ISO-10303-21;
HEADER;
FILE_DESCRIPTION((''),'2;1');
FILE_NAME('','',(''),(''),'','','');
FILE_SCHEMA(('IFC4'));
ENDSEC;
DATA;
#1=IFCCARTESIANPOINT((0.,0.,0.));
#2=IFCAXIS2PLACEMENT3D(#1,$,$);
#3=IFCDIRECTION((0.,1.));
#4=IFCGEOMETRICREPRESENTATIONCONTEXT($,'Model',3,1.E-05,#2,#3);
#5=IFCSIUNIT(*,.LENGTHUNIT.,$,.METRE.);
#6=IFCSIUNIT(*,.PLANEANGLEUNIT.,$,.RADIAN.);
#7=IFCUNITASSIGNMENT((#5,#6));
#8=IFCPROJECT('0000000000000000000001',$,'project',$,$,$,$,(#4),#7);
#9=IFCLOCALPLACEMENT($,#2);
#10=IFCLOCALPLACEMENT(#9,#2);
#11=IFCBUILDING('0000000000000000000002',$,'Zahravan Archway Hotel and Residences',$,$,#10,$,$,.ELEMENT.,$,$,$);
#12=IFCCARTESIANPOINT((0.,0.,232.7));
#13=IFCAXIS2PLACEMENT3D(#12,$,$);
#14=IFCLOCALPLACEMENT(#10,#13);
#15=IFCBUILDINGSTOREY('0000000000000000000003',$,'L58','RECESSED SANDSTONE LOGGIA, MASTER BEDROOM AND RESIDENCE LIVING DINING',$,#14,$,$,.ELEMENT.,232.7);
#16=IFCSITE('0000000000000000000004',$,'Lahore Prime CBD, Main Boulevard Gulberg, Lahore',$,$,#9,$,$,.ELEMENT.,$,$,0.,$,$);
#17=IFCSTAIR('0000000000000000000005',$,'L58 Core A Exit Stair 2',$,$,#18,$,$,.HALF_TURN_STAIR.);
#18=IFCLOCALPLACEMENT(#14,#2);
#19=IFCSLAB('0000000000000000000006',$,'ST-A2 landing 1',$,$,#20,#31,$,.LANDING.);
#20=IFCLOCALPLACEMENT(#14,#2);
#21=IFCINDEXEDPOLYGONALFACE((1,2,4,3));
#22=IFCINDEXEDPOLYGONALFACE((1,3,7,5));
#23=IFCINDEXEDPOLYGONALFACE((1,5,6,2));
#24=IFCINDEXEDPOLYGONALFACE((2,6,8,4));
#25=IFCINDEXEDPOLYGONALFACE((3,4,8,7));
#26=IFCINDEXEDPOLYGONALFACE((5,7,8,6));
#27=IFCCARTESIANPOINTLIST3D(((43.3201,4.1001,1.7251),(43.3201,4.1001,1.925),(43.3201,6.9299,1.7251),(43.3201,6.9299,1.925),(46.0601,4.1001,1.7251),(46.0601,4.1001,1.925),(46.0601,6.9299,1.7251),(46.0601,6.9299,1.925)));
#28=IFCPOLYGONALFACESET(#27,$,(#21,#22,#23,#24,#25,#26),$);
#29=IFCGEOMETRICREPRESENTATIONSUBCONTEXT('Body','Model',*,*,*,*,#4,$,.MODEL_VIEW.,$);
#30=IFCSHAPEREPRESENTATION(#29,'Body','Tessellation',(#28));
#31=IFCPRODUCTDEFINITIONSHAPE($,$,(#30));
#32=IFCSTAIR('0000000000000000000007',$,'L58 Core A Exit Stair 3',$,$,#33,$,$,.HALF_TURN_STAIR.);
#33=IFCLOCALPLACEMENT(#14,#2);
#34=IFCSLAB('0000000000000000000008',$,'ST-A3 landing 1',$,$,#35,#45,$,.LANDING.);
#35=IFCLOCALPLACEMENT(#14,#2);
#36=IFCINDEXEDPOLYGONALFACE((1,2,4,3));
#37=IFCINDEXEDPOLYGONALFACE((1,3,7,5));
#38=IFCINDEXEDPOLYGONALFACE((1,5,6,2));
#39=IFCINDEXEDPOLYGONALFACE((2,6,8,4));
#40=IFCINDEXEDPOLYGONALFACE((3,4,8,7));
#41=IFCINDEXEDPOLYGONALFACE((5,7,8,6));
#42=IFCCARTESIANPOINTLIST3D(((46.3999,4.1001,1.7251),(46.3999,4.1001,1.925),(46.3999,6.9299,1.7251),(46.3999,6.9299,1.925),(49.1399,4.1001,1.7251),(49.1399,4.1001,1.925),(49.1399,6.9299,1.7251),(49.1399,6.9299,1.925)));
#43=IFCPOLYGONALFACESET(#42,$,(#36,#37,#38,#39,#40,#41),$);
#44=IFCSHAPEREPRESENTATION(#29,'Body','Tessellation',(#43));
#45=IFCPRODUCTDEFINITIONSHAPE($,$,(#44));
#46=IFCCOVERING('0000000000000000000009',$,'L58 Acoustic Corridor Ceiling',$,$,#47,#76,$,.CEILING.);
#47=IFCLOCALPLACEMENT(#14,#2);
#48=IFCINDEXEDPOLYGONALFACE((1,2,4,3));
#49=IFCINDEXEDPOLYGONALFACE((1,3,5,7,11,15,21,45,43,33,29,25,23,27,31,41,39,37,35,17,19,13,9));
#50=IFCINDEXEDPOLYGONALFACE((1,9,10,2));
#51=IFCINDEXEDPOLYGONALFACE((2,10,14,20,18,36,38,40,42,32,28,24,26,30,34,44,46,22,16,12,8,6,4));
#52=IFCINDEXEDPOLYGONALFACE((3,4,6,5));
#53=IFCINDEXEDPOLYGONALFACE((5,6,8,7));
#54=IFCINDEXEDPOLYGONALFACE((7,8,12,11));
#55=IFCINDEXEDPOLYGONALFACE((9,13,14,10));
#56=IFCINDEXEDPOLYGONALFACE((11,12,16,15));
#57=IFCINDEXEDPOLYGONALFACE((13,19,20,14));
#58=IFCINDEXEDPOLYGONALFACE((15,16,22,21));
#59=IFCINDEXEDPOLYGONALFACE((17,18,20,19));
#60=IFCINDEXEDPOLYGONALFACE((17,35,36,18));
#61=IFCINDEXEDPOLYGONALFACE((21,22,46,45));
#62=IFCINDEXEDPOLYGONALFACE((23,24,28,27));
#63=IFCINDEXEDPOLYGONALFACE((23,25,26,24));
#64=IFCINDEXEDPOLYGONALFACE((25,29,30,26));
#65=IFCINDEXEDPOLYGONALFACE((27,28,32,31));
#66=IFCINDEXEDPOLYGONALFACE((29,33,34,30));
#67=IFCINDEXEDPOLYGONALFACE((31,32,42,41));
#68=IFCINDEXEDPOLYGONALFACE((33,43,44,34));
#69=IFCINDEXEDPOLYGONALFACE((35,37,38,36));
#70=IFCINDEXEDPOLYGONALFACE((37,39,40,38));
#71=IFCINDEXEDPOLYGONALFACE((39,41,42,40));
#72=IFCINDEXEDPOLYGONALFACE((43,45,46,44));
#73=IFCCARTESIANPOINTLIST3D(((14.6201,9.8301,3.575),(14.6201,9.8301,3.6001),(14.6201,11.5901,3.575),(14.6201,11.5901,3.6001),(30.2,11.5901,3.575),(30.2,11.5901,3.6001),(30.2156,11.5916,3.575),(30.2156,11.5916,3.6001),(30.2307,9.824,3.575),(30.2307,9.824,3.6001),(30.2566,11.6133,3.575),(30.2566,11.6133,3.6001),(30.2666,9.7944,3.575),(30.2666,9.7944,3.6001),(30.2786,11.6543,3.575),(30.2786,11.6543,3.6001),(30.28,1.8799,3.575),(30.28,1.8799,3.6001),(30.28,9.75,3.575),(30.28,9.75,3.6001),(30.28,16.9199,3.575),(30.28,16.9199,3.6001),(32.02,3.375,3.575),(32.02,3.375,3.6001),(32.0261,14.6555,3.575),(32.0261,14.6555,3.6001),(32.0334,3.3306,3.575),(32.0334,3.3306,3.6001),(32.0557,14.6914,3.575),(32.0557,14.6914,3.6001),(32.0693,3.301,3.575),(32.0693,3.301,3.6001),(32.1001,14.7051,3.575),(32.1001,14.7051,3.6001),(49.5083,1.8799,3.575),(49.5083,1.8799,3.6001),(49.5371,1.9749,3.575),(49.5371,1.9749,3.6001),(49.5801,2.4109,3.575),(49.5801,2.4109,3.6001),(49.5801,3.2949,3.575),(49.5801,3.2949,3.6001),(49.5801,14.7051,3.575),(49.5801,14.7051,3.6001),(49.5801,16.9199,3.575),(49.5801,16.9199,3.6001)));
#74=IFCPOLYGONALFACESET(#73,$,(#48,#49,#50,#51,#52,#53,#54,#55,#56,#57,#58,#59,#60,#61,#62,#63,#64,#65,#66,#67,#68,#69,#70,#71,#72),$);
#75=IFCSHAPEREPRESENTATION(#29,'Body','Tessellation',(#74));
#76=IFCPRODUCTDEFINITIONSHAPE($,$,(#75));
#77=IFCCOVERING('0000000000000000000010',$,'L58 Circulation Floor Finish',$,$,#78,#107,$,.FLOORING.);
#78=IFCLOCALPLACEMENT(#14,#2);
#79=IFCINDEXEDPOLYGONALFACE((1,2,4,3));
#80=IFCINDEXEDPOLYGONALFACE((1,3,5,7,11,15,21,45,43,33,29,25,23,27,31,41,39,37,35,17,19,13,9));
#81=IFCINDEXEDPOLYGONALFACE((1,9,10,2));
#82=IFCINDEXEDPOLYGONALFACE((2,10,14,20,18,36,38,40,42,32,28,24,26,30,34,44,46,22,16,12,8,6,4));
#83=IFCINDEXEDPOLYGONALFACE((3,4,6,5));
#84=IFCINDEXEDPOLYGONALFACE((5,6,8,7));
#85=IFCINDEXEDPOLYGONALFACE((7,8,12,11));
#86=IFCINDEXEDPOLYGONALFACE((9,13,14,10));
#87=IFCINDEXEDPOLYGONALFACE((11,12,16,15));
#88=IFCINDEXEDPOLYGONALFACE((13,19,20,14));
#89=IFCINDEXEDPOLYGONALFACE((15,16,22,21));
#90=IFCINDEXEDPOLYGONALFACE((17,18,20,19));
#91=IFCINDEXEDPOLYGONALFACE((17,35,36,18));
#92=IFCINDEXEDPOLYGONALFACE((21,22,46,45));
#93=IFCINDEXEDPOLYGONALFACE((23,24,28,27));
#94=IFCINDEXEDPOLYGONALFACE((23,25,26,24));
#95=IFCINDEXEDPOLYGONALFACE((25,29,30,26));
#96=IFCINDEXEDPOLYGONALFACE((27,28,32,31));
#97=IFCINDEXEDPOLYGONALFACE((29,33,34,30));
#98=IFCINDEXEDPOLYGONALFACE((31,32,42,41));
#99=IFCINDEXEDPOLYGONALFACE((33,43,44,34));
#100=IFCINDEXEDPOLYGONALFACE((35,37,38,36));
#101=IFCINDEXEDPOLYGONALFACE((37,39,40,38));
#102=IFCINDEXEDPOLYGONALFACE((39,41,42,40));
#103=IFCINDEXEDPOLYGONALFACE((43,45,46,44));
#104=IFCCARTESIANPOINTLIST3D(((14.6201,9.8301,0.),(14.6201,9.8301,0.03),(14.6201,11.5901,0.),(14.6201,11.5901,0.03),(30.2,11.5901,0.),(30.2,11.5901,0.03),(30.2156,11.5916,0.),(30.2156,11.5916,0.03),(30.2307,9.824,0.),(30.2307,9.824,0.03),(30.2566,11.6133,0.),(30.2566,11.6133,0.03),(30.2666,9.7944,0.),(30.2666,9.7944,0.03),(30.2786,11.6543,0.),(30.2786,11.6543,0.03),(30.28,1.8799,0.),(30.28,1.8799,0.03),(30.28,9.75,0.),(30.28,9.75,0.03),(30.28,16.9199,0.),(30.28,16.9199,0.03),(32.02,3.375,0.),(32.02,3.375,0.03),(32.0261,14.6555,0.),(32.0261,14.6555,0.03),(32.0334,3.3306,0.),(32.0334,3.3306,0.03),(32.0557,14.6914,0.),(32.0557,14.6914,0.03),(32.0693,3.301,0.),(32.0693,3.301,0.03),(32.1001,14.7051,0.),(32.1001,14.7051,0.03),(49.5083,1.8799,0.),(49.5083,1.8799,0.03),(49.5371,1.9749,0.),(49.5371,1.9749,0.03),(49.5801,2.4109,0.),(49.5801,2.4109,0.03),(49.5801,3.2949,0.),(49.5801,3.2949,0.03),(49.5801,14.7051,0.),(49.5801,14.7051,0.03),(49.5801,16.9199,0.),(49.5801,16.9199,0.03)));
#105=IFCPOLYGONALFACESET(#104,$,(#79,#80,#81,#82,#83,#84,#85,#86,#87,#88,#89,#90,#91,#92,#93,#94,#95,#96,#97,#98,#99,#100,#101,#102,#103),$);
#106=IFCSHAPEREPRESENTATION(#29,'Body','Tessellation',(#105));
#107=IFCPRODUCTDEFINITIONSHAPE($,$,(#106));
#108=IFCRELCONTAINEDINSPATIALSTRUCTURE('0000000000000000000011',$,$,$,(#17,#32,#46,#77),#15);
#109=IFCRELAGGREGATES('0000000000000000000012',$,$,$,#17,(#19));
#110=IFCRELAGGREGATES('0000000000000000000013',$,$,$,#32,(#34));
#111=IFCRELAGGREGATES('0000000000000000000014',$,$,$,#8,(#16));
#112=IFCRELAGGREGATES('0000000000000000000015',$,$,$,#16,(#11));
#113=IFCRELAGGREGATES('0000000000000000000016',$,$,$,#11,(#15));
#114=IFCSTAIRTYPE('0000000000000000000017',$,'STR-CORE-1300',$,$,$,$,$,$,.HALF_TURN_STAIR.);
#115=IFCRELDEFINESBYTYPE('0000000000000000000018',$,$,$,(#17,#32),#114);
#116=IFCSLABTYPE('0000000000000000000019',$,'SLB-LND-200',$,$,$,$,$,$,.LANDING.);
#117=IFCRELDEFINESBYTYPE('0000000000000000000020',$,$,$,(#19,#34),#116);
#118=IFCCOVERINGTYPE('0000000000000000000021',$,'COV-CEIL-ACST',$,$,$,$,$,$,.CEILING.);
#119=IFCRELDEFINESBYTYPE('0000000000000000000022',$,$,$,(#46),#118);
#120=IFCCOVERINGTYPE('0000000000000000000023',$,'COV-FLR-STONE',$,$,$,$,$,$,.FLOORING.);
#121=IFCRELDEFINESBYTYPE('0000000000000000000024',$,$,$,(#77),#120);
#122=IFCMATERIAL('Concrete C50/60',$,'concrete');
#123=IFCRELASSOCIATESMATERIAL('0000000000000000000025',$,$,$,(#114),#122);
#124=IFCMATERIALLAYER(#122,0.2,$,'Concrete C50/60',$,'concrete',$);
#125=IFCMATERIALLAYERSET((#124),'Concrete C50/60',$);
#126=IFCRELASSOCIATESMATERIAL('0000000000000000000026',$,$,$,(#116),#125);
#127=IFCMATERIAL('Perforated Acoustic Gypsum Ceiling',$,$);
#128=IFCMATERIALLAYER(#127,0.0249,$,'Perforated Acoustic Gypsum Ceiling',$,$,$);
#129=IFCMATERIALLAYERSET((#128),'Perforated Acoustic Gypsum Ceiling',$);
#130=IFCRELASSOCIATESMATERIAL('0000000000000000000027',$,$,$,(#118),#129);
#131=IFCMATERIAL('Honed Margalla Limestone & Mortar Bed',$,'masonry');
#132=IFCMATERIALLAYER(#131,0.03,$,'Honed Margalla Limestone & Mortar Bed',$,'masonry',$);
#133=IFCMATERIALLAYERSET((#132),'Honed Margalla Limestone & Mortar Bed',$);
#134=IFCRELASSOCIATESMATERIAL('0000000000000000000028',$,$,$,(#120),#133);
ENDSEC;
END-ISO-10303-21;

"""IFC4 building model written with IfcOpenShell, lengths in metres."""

from ifc_helpers import new_model, si_unit, direction, frame, origin, place, context, subcontext, project, spatial, polyline, outline, extrude, material, layer, layer_set, type_object, element, aggregate, save


model = new_model("IFC4")

# Units and contexts
model_context = context("Model", 3, precision=1e-05, world=origin(), true_north=direction((0.0, 1.0)))
body_context = subcontext(model_context, "Body", "Model", "MODEL_VIEW")
ifc_project = project(units=[si_unit("LENGTHUNIT", "METRE"), si_unit("PLANEANGLEUNIT", "RADIAN")], contexts=[model_context])

# Site, building, storey
site_placement = place(None, origin())
site = spatial("IfcSite", under=ifc_project, at=site_placement, Name="Lahore Prime CBD, Main Boulevard Gulberg, Lahore", CompositionType="ELEMENT", RefElevation=0.0)
building_placement = place(site_placement, origin())
building = spatial("IfcBuilding", under=site, at=building_placement, Name="Zahravan Archway Hotel and Residences", CompositionType="ELEMENT")
storey_placement = place(building_placement, frame((0.0, 0.0, 232.7)))
storey = spatial("IfcBuildingStorey", under=building, at=storey_placement, Name="L58", Description="RECESSED SANDSTONE LOGGIA, MASTER BEDROOM AND RESIDENCE LIVING DINING", CompositionType="ELEMENT", Elevation=232.7)

# Stairs, slabs
ifc_material_1 = material(Name="Concrete C50/60", Category="concrete")
stair_type = type_object("IfcStairType", Name="STR-CORE-1300", PredefinedType="HALF_TURN_STAIR", material=ifc_material_1)
ifc_layer_1 = layer(ifc_material_1, 0.2, Name="Concrete C50/60", Category="concrete")
ifc_layer_set_1 = layer_set([ifc_layer_1], Name="Concrete C50/60")
slab_type_1 = type_object("IfcSlabType", Name="SLB-LND-200", PredefinedType="LANDING", material=ifc_layer_set_1)
stair_1_placement = place(storey_placement, origin())
stair_1 = element("IfcStair", 1, at=stair_1_placement, inside=storey, type_object=stair_type, Name="L58 Core A Exit Stair 2", PredefinedType="HALF_TURN_STAIR")
slab_1_placement = place(storey_placement, frame((0.0, 0.0, 1.7251)))
slab_1 = element("IfcSlab", 2, at=slab_1_placement, type_object=slab_type_1, Name="ST-A2 landing 1", PredefinedType="LANDING", context=body_context, shape_type="SweptSolid", body=[
    extrude(outline(polyline([(43.3201, 6.9299), (43.3201, 4.1001), (46.0601, 4.1001), (46.0601, 6.9299), (43.3201, 6.9299)])), origin(), (0.0, 0.0, 1.0), 0.2),
])
aggregate(stair_1, [slab_1])
stair_2_placement = place(storey_placement, origin())
stair_2 = element("IfcStair", 3, at=stair_2_placement, inside=storey, type_object=stair_type, Name="L58 Core A Exit Stair 3", PredefinedType="HALF_TURN_STAIR")
slab_2_placement = place(storey_placement, frame((0.0, 0.0, 1.7251)))
slab_2 = element("IfcSlab", 4, at=slab_2_placement, type_object=slab_type_1, Name="ST-A3 landing 1", PredefinedType="LANDING", context=body_context, shape_type="SweptSolid", body=[
    extrude(outline(polyline([(46.3999, 6.9299), (46.3999, 4.1001), (49.1399, 4.1001), (49.1399, 6.9299), (46.3999, 6.9299)])), origin(), (0.0, 0.0, 1.0), 0.2),
])
aggregate(stair_2, [slab_2])

# Coverings
ifc_material_2 = material(Name="Perforated Acoustic Gypsum Ceiling")
ifc_layer_2 = layer(ifc_material_2, 0.0249, Name="Perforated Acoustic Gypsum Ceiling")
ifc_layer_set_2 = layer_set([ifc_layer_2], Name="Perforated Acoustic Gypsum Ceiling")
covering_type_1 = type_object("IfcCoveringType", Name="COV-CEIL-ACST", PredefinedType="CEILING", material=ifc_layer_set_2)
covering_1_placement = place(storey_placement, frame((0.0, 0.0, 3.575)))
element("IfcCovering", 5, at=covering_1_placement, inside=storey, type_object=covering_type_1, Name="L58 Acoustic Corridor Ceiling", PredefinedType="CEILING", context=body_context, shape_type="SweptSolid", body=[
    extrude(outline(polyline([(30.2156, 11.5916), (30.2566, 11.6133), (30.2786, 11.6543), (30.28, 16.9199), (49.5801, 16.9199), (49.5801, 14.7051), (32.1001, 14.7051), (32.0557, 14.6914), (32.0261, 14.6555), (32.02, 3.375), (32.0334, 3.3306), (32.0693, 3.301), (49.5801, 3.2949), (49.5801, 2.4109), (49.5371, 1.9749), (49.5083, 1.8799), (30.28, 1.8799), (30.28, 9.75), (30.2666, 9.7944), (30.2307, 9.824), (14.6201, 9.8301), (14.6201, 11.5901), (30.2, 11.5901), (30.2156, 11.5916)])), origin(), (0.0, 0.0, 1.0), 0.0251),
])
ifc_material_3 = material(Name="Honed Margalla Limestone & Mortar Bed", Category="masonry")
ifc_layer_3 = layer(ifc_material_3, 0.03, Name="Honed Margalla Limestone & Mortar Bed", Category="masonry")
ifc_layer_set_3 = layer_set([ifc_layer_3], Name="Honed Margalla Limestone & Mortar Bed")
covering_type_2 = type_object("IfcCoveringType", Name="COV-FLR-STONE", PredefinedType="FLOORING", material=ifc_layer_set_3)
covering_2_placement = place(storey_placement, origin())
element("IfcCovering", 6, at=covering_2_placement, inside=storey, type_object=covering_type_2, Name="L58 Circulation Floor Finish", PredefinedType="FLOORING", context=body_context, shape_type="SweptSolid", body=[
    extrude(outline(polyline([(30.2156, 11.5916), (30.2566, 11.6133), (30.2786, 11.6543), (30.28, 16.9199), (49.5801, 16.9199), (49.5801, 14.7051), (32.1001, 14.7051), (32.0557, 14.6914), (32.0261, 14.6555), (32.02, 3.375), (32.0334, 3.3306), (32.0693, 3.301), (49.5801, 3.2949), (49.5801, 2.4109), (49.5371, 1.9749), (49.5083, 1.8799), (30.28, 1.8799), (30.28, 9.75), (30.2666, 9.7944), (30.2307, 9.824), (14.6201, 9.8301), (14.6201, 11.5901), (30.2, 11.5901), (30.2156, 11.5916)])), origin(), (0.0, 0.0, 1.0), 0.03),
])

save(model, "model.ifc")
